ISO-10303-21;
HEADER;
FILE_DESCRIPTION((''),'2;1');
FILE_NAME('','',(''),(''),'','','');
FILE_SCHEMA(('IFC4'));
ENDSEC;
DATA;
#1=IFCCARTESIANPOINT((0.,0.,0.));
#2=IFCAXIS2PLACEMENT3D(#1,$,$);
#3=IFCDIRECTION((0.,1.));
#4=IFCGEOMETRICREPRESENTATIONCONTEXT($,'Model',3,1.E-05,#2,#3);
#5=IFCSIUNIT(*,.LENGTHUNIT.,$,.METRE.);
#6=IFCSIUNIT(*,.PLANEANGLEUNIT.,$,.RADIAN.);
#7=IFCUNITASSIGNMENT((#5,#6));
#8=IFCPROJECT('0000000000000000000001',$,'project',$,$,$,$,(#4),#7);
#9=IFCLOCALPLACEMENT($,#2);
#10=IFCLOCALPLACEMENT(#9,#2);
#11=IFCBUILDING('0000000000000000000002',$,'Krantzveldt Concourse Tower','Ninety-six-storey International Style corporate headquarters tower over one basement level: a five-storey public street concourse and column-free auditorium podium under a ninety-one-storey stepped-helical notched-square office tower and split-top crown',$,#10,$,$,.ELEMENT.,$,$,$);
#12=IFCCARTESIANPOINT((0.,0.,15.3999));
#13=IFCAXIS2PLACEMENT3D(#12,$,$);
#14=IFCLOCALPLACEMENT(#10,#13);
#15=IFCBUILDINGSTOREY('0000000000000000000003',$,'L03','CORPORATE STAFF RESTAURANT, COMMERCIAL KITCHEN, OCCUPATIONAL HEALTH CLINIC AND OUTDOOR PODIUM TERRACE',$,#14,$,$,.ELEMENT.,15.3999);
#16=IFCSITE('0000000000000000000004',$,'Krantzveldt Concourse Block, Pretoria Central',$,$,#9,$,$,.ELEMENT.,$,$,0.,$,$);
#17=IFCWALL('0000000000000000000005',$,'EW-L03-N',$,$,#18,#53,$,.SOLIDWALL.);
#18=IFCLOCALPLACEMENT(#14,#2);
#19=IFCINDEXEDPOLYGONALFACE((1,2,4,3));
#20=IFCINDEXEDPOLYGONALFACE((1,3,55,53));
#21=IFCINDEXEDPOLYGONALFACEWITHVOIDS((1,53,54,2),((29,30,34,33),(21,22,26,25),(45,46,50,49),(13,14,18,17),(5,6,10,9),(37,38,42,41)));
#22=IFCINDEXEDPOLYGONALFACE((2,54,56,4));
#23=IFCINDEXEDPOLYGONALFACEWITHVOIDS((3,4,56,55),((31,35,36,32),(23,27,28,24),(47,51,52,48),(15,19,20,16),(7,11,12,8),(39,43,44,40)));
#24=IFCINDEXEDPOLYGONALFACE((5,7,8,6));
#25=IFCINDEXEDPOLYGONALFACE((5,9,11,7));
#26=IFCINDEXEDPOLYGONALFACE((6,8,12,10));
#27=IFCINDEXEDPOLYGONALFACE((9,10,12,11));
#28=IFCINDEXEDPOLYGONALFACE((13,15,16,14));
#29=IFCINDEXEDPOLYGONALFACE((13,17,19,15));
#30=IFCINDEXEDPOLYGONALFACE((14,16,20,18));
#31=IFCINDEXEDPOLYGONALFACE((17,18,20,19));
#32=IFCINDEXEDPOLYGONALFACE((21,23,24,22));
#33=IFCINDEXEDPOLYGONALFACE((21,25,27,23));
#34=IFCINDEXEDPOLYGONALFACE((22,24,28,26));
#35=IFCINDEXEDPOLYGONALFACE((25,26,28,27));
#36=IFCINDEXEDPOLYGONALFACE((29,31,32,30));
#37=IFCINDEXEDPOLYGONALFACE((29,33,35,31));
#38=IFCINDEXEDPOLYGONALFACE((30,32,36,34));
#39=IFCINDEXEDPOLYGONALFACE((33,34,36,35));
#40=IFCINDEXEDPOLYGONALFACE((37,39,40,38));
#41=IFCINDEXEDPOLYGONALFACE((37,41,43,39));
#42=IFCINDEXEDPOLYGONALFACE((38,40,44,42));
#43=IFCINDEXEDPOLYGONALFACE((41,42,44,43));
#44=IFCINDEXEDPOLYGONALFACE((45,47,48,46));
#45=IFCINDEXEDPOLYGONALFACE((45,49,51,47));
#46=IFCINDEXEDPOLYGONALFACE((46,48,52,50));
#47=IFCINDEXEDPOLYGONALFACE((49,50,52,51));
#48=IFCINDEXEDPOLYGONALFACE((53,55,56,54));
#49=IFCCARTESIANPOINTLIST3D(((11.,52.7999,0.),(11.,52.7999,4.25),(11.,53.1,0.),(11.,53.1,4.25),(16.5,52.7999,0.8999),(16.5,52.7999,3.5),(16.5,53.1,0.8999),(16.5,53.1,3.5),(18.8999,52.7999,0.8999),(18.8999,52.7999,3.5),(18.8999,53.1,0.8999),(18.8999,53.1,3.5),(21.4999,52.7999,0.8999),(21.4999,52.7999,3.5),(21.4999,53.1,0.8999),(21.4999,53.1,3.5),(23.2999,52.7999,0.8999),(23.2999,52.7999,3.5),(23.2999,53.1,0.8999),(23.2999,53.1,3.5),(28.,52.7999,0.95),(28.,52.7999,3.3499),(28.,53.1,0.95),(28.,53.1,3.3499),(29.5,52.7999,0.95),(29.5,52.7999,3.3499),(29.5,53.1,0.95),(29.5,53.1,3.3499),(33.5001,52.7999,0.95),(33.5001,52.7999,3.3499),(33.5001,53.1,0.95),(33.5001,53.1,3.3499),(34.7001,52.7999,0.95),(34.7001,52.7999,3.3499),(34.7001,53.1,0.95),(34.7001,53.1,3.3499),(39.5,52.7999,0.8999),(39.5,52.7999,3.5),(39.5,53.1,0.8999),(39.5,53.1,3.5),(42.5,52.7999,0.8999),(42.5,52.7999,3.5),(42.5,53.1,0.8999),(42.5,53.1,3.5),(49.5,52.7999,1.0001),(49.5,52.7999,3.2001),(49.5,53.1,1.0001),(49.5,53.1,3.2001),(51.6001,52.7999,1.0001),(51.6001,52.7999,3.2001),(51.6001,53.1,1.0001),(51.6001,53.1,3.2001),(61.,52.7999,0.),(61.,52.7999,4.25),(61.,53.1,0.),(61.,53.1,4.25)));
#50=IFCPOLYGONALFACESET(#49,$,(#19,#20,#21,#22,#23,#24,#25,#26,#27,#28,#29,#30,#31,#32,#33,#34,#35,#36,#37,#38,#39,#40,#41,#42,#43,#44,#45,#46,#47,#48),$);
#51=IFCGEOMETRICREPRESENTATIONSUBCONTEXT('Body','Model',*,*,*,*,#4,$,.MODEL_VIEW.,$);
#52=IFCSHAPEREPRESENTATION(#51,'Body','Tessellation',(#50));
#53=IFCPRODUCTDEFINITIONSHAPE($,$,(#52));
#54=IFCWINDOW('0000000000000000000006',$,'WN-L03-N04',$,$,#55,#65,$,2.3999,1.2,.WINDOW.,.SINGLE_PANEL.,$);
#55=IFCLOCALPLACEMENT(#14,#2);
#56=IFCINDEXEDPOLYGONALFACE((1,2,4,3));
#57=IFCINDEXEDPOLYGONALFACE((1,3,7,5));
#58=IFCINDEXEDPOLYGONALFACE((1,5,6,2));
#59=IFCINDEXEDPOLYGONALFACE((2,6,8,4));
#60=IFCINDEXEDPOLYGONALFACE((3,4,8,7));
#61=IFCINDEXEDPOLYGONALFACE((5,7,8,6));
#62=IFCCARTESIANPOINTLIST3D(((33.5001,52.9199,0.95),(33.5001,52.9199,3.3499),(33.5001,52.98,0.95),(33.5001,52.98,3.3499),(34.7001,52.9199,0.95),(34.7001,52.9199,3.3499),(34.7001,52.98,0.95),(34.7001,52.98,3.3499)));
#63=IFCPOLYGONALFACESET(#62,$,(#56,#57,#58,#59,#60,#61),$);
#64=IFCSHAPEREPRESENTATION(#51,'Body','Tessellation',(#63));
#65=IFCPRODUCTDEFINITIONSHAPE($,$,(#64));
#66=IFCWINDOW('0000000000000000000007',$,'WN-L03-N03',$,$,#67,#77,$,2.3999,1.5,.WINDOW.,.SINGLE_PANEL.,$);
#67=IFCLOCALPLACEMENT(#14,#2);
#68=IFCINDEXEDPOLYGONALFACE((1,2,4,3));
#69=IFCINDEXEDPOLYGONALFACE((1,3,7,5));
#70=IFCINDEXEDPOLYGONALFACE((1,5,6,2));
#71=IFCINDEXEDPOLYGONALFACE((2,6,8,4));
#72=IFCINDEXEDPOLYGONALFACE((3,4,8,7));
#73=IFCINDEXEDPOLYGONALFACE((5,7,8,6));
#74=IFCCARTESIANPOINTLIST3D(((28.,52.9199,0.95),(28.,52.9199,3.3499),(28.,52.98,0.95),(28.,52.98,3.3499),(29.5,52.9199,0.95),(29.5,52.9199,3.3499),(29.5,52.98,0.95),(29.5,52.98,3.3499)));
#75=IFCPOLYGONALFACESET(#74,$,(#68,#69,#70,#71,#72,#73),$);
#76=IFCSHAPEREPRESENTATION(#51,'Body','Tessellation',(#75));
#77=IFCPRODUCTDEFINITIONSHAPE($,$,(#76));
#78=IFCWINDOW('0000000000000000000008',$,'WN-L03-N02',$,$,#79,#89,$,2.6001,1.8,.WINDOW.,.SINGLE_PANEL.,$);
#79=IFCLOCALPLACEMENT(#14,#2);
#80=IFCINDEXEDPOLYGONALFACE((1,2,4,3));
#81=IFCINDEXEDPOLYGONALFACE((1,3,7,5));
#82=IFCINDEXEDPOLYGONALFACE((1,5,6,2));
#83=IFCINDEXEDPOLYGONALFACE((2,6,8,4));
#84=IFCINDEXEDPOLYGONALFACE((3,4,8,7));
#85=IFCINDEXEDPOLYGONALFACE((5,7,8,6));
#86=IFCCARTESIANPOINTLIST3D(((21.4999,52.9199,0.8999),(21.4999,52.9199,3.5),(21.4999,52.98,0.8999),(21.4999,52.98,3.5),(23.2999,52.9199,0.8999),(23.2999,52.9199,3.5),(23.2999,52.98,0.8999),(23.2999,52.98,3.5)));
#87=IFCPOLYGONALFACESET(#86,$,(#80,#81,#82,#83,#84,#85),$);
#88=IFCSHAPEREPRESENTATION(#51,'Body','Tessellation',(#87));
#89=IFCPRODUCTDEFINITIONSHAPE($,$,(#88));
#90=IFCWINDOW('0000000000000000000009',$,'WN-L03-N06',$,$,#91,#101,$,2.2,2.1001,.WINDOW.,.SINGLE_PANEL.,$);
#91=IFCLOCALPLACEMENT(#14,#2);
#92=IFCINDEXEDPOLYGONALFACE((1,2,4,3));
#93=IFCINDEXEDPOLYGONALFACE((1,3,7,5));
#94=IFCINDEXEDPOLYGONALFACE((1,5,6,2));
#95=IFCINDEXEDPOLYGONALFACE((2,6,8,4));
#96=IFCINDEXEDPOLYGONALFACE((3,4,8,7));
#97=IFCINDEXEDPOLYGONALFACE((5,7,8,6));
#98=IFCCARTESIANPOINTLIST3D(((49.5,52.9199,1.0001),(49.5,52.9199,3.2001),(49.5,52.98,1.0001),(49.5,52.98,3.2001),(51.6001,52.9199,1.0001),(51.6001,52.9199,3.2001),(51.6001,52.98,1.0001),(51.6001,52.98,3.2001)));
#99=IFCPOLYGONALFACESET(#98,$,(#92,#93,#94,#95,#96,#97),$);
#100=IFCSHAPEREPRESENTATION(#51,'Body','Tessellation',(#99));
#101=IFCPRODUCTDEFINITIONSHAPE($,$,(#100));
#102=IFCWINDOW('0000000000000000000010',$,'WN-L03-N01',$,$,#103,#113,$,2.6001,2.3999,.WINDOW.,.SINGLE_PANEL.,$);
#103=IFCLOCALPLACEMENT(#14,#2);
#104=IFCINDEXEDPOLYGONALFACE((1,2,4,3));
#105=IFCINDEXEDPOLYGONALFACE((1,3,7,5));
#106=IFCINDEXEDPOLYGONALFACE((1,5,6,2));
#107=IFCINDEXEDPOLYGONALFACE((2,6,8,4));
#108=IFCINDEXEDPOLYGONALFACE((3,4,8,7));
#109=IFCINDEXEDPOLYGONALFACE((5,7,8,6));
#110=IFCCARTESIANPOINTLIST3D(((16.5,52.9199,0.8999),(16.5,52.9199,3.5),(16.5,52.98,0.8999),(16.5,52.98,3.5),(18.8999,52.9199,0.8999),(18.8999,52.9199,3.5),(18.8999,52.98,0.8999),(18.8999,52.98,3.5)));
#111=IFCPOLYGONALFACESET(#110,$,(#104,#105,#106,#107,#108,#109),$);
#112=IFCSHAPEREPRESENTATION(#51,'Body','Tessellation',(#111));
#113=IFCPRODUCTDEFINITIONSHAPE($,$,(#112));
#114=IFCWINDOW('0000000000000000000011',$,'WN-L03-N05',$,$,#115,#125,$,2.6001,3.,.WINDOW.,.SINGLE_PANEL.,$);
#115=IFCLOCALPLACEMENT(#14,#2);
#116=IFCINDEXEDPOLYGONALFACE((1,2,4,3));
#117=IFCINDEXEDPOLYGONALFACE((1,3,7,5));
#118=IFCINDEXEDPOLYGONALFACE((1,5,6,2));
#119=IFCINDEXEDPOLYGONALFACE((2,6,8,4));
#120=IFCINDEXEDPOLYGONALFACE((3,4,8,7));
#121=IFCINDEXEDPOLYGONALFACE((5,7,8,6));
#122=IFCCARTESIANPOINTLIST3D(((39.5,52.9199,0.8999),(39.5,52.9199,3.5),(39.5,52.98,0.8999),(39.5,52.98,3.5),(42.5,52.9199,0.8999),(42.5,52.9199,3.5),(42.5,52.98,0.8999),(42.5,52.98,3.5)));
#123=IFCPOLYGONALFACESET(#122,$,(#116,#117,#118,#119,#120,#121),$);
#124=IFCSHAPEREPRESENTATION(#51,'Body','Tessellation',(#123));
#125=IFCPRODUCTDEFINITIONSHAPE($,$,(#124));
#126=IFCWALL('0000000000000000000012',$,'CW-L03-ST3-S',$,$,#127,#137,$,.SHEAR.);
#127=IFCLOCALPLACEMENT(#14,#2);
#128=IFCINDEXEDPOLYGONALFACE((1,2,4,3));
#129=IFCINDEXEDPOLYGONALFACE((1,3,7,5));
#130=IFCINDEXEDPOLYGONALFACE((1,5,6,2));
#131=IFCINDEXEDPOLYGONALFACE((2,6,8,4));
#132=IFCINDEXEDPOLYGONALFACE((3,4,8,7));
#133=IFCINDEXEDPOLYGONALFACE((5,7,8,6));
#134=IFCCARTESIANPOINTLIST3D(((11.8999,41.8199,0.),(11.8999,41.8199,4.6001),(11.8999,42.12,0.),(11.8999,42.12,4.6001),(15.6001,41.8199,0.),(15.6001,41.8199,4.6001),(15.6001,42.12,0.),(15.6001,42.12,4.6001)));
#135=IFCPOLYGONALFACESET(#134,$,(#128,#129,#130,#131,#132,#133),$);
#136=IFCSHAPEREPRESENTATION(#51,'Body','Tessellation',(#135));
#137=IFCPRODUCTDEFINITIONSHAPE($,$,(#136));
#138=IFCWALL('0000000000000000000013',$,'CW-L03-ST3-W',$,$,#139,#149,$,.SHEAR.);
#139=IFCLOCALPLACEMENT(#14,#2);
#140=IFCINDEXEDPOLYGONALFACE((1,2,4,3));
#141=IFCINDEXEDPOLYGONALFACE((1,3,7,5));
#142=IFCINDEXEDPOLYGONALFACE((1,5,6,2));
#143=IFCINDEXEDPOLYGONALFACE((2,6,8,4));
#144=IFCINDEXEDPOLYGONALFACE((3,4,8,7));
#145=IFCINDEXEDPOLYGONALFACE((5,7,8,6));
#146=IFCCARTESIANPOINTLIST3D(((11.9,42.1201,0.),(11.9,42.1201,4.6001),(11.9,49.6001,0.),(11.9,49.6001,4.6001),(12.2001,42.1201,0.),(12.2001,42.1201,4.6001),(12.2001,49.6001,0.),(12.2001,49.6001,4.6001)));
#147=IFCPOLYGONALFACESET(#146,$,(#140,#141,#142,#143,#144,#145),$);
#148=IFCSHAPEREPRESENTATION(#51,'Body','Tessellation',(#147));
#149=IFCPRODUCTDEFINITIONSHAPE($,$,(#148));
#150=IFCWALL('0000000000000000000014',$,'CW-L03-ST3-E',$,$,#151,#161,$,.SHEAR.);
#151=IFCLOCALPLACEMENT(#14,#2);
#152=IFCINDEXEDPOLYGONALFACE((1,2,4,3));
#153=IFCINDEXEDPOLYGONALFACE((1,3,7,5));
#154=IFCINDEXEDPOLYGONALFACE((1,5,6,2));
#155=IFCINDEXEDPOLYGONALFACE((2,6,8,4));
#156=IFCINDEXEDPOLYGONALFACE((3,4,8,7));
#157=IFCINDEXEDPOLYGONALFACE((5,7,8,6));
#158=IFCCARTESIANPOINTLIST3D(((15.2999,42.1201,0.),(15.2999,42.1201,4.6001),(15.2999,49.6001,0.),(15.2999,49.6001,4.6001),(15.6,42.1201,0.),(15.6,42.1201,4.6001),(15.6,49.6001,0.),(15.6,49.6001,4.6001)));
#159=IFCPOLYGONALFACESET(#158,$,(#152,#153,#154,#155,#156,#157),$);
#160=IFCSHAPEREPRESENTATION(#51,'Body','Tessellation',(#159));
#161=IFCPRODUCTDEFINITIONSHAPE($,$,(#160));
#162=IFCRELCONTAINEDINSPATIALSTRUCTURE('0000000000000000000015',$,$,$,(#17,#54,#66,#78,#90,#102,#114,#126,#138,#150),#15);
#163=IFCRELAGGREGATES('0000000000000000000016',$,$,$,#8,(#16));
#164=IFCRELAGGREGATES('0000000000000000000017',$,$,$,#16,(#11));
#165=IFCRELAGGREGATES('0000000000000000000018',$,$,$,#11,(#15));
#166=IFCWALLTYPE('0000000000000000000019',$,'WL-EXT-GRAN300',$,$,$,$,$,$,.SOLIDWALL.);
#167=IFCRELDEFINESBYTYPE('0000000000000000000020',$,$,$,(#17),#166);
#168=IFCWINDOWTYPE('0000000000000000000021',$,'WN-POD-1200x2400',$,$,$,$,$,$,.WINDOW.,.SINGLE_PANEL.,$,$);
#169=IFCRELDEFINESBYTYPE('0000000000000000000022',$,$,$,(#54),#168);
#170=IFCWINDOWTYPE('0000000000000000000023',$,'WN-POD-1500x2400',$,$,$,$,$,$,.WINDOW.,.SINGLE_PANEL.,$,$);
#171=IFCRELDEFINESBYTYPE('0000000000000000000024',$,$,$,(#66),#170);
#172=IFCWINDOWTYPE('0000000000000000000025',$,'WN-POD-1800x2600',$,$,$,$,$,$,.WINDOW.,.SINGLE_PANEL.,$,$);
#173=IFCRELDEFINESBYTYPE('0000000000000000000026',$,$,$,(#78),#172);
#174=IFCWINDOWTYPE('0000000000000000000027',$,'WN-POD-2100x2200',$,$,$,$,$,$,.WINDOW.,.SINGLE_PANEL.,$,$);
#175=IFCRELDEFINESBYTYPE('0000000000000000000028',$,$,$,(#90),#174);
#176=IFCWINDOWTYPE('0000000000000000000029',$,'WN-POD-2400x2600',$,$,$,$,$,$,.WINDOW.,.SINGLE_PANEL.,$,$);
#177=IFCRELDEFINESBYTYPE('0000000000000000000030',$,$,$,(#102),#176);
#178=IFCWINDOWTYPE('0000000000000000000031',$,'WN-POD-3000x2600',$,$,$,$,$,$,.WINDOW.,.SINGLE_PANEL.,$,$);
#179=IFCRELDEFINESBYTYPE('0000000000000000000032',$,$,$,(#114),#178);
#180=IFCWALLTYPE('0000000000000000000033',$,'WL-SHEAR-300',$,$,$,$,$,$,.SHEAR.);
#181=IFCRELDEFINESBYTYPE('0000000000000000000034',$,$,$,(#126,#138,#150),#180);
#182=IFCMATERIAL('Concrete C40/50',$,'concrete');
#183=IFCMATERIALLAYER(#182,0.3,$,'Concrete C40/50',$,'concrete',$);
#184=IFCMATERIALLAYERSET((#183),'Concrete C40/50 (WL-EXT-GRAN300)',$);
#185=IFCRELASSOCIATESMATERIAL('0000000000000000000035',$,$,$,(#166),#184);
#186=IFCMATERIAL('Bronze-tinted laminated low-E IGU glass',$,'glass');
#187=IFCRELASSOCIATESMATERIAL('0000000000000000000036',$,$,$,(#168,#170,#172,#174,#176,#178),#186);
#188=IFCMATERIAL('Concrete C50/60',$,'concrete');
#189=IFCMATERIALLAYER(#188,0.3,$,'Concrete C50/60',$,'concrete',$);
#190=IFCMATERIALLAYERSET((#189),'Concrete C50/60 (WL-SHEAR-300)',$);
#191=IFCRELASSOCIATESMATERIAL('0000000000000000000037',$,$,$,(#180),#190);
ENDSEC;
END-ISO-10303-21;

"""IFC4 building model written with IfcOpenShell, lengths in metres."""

from ifc_helpers import new_model, si_unit, direction, frame, frame_2d, origin, place, context, subcontext, project, spatial, rectangle, extrude, material, layer, layer_set, type_object, element, fill, save


model = new_model("IFC4")

# Units and contexts
model_context = context("Model", 3, precision=1e-05, world=origin(), true_north=direction((0.0, 1.0)))
body_context = subcontext(model_context, "Body", "Model", "MODEL_VIEW")
ifc_project = project(units=[si_unit("LENGTHUNIT", "METRE"), si_unit("PLANEANGLEUNIT", "RADIAN")], contexts=[model_context])

# Site, building, storey
site_placement = place(None, origin())
site = spatial("IfcSite", under=ifc_project, at=site_placement, Name="Krantzveldt Concourse Block, Pretoria Central", CompositionType="ELEMENT", RefElevation=0.0)
building_placement = place(site_placement, origin())
building = spatial("IfcBuilding", under=site, at=building_placement, Name="Krantzveldt Concourse Tower", Description="Ninety-six-storey International Style corporate headquarters tower over one basement level: a five-storey public street concourse and column-free auditorium podium under a ninety-one-storey stepped-helical notched-square office tower and split-top crown", CompositionType="ELEMENT")
storey_placement = place(building_placement, frame((0.0, 0.0, 15.3999)))
storey = spatial("IfcBuildingStorey", under=building, at=storey_placement, Name="L03", Description="CORPORATE STAFF RESTAURANT, COMMERCIAL KITCHEN, OCCUPATIONAL HEALTH CLINIC AND OUTDOOR PODIUM TERRACE", CompositionType="ELEMENT", Elevation=15.3999)

# Shared definitions
ifc_material_1 = material(Name="Concrete C50/60", Category="concrete")
ifc_material_2 = material(Name="Concrete C40/50", Category="concrete")

# Wall, openings, windows
ifc_layer_1 = layer(ifc_material_2, 0.3, Name="Concrete C40/50", Category="concrete")
ifc_layer_set_1 = layer_set([ifc_layer_1], Name="Concrete C40/50 (WL-EXT-GRAN300)")
wall_type_1 = type_object("IfcWallType", Name="WL-EXT-GRAN300", PredefinedType="SOLIDWALL", material=ifc_layer_set_1)
wall_1_placement = place(storey_placement, frame((11.0, 52.95, 0.0), z_axis=(0.0, 0.0, 1.0), x_axis=(1.0, 0.0, 0.0)))
wall_1 = element("IfcWall", 1, at=wall_1_placement, inside=storey, type_object=wall_type_1, Name="EW-L03-N", PredefinedType="SOLIDWALL", context=body_context, shape_type="SweptSolid", body=[
    extrude(rectangle(XDim=50.0, YDim=0.3, at=frame_2d((25.0, 0.0))), origin(), (0.0, 0.0, 1.0), 4.25),
])
opening_1_placement = place(wall_1_placement, frame((5.5, 0.0, 0.8999)))
opening_1 = element("IfcOpeningElement", 2, at=opening_1_placement, cuts=wall_1, PredefinedType="OPENING", context=body_context, shape_type="SweptSolid", body=[
    extrude(rectangle(XDim=2.3999, YDim=2.6001, at=frame_2d((1.2, 1.3))), frame((0.0, 0.1602, 0.0), z_axis=(0.0, -1.0, 0.0), x_axis=(1.0, 0.0, 0.0)), (0.0, 0.0, 1.0), 0.3201),
])
opening_2_placement = place(wall_1_placement, frame((10.5, 0.0, 0.8999)))
opening_2 = element("IfcOpeningElement", 3, at=opening_2_placement, cuts=wall_1, PredefinedType="OPENING", context=body_context, shape_type="SweptSolid", body=[
    extrude(rectangle(XDim=1.8, YDim=2.6001, at=frame_2d((0.8999, 1.3))), frame((0.0, 0.1602, 0.0), z_axis=(0.0, -1.0, 0.0), x_axis=(1.0, 0.0, 0.0)), (0.0, 0.0, 1.0), 0.3201),
])
opening_3_placement = place(wall_1_placement, frame((17.0, 0.0, 0.95)))
opening_3 = element("IfcOpeningElement", 4, at=opening_3_placement, cuts=wall_1, PredefinedType="OPENING", context=body_context, shape_type="SweptSolid", body=[
    extrude(rectangle(XDim=1.5, YDim=2.3999, at=frame_2d((0.75, 1.2))), frame((0.0, 0.1602, 0.0), z_axis=(0.0, -1.0, 0.0), x_axis=(1.0, 0.0, 0.0)), (0.0, 0.0, 1.0), 0.3201),
])
opening_4_placement = place(wall_1_placement, frame((22.5, 0.0, 0.95)))
opening_4 = element("IfcOpeningElement", 5, at=opening_4_placement, cuts=wall_1, PredefinedType="OPENING", context=body_context, shape_type="SweptSolid", body=[
    extrude(rectangle(XDim=1.2, YDim=2.3999, at=frame_2d((0.6001, 1.2))), frame((0.0, 0.1602, 0.0), z_axis=(0.0, -1.0, 0.0), x_axis=(1.0, 0.0, 0.0)), (0.0, 0.0, 1.0), 0.3201),
])
opening_5_placement = place(wall_1_placement, frame((28.5, 0.0, 0.8999)))
opening_5 = element("IfcOpeningElement", 6, at=opening_5_placement, cuts=wall_1, PredefinedType="OPENING", context=body_context, shape_type="SweptSolid", body=[
    extrude(rectangle(XDim=3.0, YDim=2.6001, at=frame_2d((1.5, 1.3))), frame((0.0, 0.1602, 0.0), z_axis=(0.0, -1.0, 0.0), x_axis=(1.0, 0.0, 0.0)), (0.0, 0.0, 1.0), 0.3201),
])
opening_6_placement = place(wall_1_placement, frame((38.5, 0.0, 1.0)))
opening_6 = element("IfcOpeningElement", 7, at=opening_6_placement, cuts=wall_1, PredefinedType="OPENING", context=body_context, shape_type="SweptSolid", body=[
    extrude(rectangle(XDim=2.1001, YDim=2.2, at=frame_2d((1.05, 1.1001))), frame((0.0, 0.1602, 0.0), z_axis=(0.0, -1.0, 0.0), x_axis=(1.0, 0.0, 0.0)), (0.0, 0.0, 1.0), 0.3201),
])
ifc_material_3 = material(Name="Bronze-tinted laminated low-E IGU glass", Category="glass")
window_type_1 = type_object("IfcWindowType", Name="WN-POD-1200x2400", PartitioningType="SINGLE_PANEL", PredefinedType="WINDOW", material=ifc_material_3)
window_1_placement = place(opening_4_placement, origin())
window_1 = element("IfcWindow", 8, at=window_1_placement, inside=storey, type_object=window_type_1, Name="WN-L03-N04", OverallHeight=2.3999, OverallWidth=1.2, PartitioningType="SINGLE_PANEL", PredefinedType="WINDOW", context=body_context, shape_type="SweptSolid", body=[
    extrude(rectangle(XDim=1.2, YDim=2.3999, at=frame_2d((0.6001, 1.2))), frame((0.0, 0.03, 0.0), z_axis=(0.0, -1.0, 0.0), x_axis=(1.0, 0.0, 0.0)), (0.0, 0.0, 1.0), 0.0601),
])
fill(opening_4, window_1)
window_type_2 = type_object("IfcWindowType", Name="WN-POD-1500x2400", PartitioningType="SINGLE_PANEL", PredefinedType="WINDOW", material=ifc_material_3)
window_2_placement = place(opening_3_placement, origin())
window_2 = element("IfcWindow", 9, at=window_2_placement, inside=storey, type_object=window_type_2, Name="WN-L03-N03", OverallHeight=2.3999, OverallWidth=1.5, PartitioningType="SINGLE_PANEL", PredefinedType="WINDOW", context=body_context, shape_type="SweptSolid", body=[
    extrude(rectangle(XDim=1.5, YDim=2.3999, at=frame_2d((0.75, 1.2))), frame((0.0, 0.03, 0.0), z_axis=(0.0, -1.0, 0.0), x_axis=(1.0, 0.0, 0.0)), (0.0, 0.0, 1.0), 0.0601),
])
fill(opening_3, window_2)
window_type_3 = type_object("IfcWindowType", Name="WN-POD-1800x2600", PartitioningType="SINGLE_PANEL", PredefinedType="WINDOW", material=ifc_material_3)
window_3_placement = place(opening_2_placement, origin())
window_3 = element("IfcWindow", 10, at=window_3_placement, inside=storey, type_object=window_type_3, Name="WN-L03-N02", OverallHeight=2.6001, OverallWidth=1.8, PartitioningType="SINGLE_PANEL", PredefinedType="WINDOW", context=body_context, shape_type="SweptSolid", body=[
    extrude(rectangle(XDim=1.8, YDim=2.6001, at=frame_2d((0.8999, 1.3))), frame((0.0, 0.03, 0.0), z_axis=(0.0, -1.0, 0.0), x_axis=(1.0, 0.0, 0.0)), (0.0, 0.0, 1.0), 0.0601),
])
fill(opening_2, window_3)
window_type_4 = type_object("IfcWindowType", Name="WN-POD-2100x2200", PartitioningType="SINGLE_PANEL", PredefinedType="WINDOW", material=ifc_material_3)
window_4_placement = place(opening_6_placement, origin())
window_4 = element("IfcWindow", 11, at=window_4_placement, inside=storey, type_object=window_type_4, Name="WN-L03-N06", OverallHeight=2.2, OverallWidth=2.1001, PartitioningType="SINGLE_PANEL", PredefinedType="WINDOW", context=body_context, shape_type="SweptSolid", body=[
    extrude(rectangle(XDim=2.1001, YDim=2.2, at=frame_2d((1.05, 1.1001))), frame((0.0, 0.03, 0.0), z_axis=(0.0, -1.0, 0.0), x_axis=(1.0, 0.0, 0.0)), (0.0, 0.0, 1.0), 0.0601),
])
fill(opening_6, window_4)
window_type_5 = type_object("IfcWindowType", Name="WN-POD-2400x2600", PartitioningType="SINGLE_PANEL", PredefinedType="WINDOW", material=ifc_material_3)
window_5_placement = place(opening_1_placement, origin())
window_5 = element("IfcWindow", 12, at=window_5_placement, inside=storey, type_object=window_type_5, Name="WN-L03-N01", OverallHeight=2.6001, OverallWidth=2.3999, PartitioningType="SINGLE_PANEL", PredefinedType="WINDOW", context=body_context, shape_type="SweptSolid", body=[
    extrude(rectangle(XDim=2.3999, YDim=2.6001, at=frame_2d((1.2, 1.3))), frame((0.0, 0.03, 0.0), z_axis=(0.0, -1.0, 0.0), x_axis=(1.0, 0.0, 0.0)), (0.0, 0.0, 1.0), 0.0601),
])
fill(opening_1, window_5)
window_type_6 = type_object("IfcWindowType", Name="WN-POD-3000x2600", PartitioningType="SINGLE_PANEL", PredefinedType="WINDOW", material=ifc_material_3)
window_6_placement = place(opening_5_placement, origin())
window_6 = element("IfcWindow", 13, at=window_6_placement, inside=storey, type_object=window_type_6, Name="WN-L03-N05", OverallHeight=2.6001, OverallWidth=3.0, PartitioningType="SINGLE_PANEL", PredefinedType="WINDOW", context=body_context, shape_type="SweptSolid", body=[
    extrude(rectangle(XDim=3.0, YDim=2.6001, at=frame_2d((1.5, 1.3))), frame((0.0, 0.03, 0.0), z_axis=(0.0, -1.0, 0.0), x_axis=(1.0, 0.0, 0.0)), (0.0, 0.0, 1.0), 0.0601),
])
fill(opening_5, window_6)

# Wall
ifc_layer_2 = layer(ifc_material_1, 0.3, Name="Concrete C50/60", Category="concrete")
ifc_layer_set_2 = layer_set([ifc_layer_2], Name="Concrete C50/60 (WL-SHEAR-300)")
wall_type_2 = type_object("IfcWallType", Name="WL-SHEAR-300", PredefinedType="SHEAR", material=ifc_layer_set_2)
wall_2_placement = place(storey_placement, frame((11.8999, 41.97, 0.0), z_axis=(0.0, 0.0, 1.0), x_axis=(1.0, 0.0, 0.0)))
element("IfcWall", 14, at=wall_2_placement, inside=storey, type_object=wall_type_2, Name="CW-L03-ST3-S", PredefinedType="SHEAR", context=body_context, shape_type="SweptSolid", body=[
    extrude(rectangle(XDim=3.7002, YDim=0.3, at=frame_2d((1.8501, 0.0))), origin(), (0.0, 0.0, 1.0), 4.6001),
])

# Walls
for number, where, z_axis, x_axis, name in (
    (15, (12.05, 42.1201, 0.0), (0.0, 0.0, 1.0), (0.0, 1.0, 0.0), "CW-L03-ST3-W"),
    (16, (15.45, 42.1201, 0.0), (0.0, 0.0, 1.0), (0.0, 1.0, 0.0), "CW-L03-ST3-E"),
):
    element("IfcWall", number, at=place(storey_placement, frame(where, z_axis=z_axis, x_axis=x_axis)), inside=storey, type_object=wall_type_2, Name=name, PredefinedType="SHEAR", context=body_context, shape_type="SweptSolid", body=[
        extrude(rectangle(XDim=7.48, YDim=0.3, at=frame_2d((3.74, 0.0))), origin(), (0.0, 0.0, 1.0), 4.6001),
    ])

save(model, "model.ifc")
